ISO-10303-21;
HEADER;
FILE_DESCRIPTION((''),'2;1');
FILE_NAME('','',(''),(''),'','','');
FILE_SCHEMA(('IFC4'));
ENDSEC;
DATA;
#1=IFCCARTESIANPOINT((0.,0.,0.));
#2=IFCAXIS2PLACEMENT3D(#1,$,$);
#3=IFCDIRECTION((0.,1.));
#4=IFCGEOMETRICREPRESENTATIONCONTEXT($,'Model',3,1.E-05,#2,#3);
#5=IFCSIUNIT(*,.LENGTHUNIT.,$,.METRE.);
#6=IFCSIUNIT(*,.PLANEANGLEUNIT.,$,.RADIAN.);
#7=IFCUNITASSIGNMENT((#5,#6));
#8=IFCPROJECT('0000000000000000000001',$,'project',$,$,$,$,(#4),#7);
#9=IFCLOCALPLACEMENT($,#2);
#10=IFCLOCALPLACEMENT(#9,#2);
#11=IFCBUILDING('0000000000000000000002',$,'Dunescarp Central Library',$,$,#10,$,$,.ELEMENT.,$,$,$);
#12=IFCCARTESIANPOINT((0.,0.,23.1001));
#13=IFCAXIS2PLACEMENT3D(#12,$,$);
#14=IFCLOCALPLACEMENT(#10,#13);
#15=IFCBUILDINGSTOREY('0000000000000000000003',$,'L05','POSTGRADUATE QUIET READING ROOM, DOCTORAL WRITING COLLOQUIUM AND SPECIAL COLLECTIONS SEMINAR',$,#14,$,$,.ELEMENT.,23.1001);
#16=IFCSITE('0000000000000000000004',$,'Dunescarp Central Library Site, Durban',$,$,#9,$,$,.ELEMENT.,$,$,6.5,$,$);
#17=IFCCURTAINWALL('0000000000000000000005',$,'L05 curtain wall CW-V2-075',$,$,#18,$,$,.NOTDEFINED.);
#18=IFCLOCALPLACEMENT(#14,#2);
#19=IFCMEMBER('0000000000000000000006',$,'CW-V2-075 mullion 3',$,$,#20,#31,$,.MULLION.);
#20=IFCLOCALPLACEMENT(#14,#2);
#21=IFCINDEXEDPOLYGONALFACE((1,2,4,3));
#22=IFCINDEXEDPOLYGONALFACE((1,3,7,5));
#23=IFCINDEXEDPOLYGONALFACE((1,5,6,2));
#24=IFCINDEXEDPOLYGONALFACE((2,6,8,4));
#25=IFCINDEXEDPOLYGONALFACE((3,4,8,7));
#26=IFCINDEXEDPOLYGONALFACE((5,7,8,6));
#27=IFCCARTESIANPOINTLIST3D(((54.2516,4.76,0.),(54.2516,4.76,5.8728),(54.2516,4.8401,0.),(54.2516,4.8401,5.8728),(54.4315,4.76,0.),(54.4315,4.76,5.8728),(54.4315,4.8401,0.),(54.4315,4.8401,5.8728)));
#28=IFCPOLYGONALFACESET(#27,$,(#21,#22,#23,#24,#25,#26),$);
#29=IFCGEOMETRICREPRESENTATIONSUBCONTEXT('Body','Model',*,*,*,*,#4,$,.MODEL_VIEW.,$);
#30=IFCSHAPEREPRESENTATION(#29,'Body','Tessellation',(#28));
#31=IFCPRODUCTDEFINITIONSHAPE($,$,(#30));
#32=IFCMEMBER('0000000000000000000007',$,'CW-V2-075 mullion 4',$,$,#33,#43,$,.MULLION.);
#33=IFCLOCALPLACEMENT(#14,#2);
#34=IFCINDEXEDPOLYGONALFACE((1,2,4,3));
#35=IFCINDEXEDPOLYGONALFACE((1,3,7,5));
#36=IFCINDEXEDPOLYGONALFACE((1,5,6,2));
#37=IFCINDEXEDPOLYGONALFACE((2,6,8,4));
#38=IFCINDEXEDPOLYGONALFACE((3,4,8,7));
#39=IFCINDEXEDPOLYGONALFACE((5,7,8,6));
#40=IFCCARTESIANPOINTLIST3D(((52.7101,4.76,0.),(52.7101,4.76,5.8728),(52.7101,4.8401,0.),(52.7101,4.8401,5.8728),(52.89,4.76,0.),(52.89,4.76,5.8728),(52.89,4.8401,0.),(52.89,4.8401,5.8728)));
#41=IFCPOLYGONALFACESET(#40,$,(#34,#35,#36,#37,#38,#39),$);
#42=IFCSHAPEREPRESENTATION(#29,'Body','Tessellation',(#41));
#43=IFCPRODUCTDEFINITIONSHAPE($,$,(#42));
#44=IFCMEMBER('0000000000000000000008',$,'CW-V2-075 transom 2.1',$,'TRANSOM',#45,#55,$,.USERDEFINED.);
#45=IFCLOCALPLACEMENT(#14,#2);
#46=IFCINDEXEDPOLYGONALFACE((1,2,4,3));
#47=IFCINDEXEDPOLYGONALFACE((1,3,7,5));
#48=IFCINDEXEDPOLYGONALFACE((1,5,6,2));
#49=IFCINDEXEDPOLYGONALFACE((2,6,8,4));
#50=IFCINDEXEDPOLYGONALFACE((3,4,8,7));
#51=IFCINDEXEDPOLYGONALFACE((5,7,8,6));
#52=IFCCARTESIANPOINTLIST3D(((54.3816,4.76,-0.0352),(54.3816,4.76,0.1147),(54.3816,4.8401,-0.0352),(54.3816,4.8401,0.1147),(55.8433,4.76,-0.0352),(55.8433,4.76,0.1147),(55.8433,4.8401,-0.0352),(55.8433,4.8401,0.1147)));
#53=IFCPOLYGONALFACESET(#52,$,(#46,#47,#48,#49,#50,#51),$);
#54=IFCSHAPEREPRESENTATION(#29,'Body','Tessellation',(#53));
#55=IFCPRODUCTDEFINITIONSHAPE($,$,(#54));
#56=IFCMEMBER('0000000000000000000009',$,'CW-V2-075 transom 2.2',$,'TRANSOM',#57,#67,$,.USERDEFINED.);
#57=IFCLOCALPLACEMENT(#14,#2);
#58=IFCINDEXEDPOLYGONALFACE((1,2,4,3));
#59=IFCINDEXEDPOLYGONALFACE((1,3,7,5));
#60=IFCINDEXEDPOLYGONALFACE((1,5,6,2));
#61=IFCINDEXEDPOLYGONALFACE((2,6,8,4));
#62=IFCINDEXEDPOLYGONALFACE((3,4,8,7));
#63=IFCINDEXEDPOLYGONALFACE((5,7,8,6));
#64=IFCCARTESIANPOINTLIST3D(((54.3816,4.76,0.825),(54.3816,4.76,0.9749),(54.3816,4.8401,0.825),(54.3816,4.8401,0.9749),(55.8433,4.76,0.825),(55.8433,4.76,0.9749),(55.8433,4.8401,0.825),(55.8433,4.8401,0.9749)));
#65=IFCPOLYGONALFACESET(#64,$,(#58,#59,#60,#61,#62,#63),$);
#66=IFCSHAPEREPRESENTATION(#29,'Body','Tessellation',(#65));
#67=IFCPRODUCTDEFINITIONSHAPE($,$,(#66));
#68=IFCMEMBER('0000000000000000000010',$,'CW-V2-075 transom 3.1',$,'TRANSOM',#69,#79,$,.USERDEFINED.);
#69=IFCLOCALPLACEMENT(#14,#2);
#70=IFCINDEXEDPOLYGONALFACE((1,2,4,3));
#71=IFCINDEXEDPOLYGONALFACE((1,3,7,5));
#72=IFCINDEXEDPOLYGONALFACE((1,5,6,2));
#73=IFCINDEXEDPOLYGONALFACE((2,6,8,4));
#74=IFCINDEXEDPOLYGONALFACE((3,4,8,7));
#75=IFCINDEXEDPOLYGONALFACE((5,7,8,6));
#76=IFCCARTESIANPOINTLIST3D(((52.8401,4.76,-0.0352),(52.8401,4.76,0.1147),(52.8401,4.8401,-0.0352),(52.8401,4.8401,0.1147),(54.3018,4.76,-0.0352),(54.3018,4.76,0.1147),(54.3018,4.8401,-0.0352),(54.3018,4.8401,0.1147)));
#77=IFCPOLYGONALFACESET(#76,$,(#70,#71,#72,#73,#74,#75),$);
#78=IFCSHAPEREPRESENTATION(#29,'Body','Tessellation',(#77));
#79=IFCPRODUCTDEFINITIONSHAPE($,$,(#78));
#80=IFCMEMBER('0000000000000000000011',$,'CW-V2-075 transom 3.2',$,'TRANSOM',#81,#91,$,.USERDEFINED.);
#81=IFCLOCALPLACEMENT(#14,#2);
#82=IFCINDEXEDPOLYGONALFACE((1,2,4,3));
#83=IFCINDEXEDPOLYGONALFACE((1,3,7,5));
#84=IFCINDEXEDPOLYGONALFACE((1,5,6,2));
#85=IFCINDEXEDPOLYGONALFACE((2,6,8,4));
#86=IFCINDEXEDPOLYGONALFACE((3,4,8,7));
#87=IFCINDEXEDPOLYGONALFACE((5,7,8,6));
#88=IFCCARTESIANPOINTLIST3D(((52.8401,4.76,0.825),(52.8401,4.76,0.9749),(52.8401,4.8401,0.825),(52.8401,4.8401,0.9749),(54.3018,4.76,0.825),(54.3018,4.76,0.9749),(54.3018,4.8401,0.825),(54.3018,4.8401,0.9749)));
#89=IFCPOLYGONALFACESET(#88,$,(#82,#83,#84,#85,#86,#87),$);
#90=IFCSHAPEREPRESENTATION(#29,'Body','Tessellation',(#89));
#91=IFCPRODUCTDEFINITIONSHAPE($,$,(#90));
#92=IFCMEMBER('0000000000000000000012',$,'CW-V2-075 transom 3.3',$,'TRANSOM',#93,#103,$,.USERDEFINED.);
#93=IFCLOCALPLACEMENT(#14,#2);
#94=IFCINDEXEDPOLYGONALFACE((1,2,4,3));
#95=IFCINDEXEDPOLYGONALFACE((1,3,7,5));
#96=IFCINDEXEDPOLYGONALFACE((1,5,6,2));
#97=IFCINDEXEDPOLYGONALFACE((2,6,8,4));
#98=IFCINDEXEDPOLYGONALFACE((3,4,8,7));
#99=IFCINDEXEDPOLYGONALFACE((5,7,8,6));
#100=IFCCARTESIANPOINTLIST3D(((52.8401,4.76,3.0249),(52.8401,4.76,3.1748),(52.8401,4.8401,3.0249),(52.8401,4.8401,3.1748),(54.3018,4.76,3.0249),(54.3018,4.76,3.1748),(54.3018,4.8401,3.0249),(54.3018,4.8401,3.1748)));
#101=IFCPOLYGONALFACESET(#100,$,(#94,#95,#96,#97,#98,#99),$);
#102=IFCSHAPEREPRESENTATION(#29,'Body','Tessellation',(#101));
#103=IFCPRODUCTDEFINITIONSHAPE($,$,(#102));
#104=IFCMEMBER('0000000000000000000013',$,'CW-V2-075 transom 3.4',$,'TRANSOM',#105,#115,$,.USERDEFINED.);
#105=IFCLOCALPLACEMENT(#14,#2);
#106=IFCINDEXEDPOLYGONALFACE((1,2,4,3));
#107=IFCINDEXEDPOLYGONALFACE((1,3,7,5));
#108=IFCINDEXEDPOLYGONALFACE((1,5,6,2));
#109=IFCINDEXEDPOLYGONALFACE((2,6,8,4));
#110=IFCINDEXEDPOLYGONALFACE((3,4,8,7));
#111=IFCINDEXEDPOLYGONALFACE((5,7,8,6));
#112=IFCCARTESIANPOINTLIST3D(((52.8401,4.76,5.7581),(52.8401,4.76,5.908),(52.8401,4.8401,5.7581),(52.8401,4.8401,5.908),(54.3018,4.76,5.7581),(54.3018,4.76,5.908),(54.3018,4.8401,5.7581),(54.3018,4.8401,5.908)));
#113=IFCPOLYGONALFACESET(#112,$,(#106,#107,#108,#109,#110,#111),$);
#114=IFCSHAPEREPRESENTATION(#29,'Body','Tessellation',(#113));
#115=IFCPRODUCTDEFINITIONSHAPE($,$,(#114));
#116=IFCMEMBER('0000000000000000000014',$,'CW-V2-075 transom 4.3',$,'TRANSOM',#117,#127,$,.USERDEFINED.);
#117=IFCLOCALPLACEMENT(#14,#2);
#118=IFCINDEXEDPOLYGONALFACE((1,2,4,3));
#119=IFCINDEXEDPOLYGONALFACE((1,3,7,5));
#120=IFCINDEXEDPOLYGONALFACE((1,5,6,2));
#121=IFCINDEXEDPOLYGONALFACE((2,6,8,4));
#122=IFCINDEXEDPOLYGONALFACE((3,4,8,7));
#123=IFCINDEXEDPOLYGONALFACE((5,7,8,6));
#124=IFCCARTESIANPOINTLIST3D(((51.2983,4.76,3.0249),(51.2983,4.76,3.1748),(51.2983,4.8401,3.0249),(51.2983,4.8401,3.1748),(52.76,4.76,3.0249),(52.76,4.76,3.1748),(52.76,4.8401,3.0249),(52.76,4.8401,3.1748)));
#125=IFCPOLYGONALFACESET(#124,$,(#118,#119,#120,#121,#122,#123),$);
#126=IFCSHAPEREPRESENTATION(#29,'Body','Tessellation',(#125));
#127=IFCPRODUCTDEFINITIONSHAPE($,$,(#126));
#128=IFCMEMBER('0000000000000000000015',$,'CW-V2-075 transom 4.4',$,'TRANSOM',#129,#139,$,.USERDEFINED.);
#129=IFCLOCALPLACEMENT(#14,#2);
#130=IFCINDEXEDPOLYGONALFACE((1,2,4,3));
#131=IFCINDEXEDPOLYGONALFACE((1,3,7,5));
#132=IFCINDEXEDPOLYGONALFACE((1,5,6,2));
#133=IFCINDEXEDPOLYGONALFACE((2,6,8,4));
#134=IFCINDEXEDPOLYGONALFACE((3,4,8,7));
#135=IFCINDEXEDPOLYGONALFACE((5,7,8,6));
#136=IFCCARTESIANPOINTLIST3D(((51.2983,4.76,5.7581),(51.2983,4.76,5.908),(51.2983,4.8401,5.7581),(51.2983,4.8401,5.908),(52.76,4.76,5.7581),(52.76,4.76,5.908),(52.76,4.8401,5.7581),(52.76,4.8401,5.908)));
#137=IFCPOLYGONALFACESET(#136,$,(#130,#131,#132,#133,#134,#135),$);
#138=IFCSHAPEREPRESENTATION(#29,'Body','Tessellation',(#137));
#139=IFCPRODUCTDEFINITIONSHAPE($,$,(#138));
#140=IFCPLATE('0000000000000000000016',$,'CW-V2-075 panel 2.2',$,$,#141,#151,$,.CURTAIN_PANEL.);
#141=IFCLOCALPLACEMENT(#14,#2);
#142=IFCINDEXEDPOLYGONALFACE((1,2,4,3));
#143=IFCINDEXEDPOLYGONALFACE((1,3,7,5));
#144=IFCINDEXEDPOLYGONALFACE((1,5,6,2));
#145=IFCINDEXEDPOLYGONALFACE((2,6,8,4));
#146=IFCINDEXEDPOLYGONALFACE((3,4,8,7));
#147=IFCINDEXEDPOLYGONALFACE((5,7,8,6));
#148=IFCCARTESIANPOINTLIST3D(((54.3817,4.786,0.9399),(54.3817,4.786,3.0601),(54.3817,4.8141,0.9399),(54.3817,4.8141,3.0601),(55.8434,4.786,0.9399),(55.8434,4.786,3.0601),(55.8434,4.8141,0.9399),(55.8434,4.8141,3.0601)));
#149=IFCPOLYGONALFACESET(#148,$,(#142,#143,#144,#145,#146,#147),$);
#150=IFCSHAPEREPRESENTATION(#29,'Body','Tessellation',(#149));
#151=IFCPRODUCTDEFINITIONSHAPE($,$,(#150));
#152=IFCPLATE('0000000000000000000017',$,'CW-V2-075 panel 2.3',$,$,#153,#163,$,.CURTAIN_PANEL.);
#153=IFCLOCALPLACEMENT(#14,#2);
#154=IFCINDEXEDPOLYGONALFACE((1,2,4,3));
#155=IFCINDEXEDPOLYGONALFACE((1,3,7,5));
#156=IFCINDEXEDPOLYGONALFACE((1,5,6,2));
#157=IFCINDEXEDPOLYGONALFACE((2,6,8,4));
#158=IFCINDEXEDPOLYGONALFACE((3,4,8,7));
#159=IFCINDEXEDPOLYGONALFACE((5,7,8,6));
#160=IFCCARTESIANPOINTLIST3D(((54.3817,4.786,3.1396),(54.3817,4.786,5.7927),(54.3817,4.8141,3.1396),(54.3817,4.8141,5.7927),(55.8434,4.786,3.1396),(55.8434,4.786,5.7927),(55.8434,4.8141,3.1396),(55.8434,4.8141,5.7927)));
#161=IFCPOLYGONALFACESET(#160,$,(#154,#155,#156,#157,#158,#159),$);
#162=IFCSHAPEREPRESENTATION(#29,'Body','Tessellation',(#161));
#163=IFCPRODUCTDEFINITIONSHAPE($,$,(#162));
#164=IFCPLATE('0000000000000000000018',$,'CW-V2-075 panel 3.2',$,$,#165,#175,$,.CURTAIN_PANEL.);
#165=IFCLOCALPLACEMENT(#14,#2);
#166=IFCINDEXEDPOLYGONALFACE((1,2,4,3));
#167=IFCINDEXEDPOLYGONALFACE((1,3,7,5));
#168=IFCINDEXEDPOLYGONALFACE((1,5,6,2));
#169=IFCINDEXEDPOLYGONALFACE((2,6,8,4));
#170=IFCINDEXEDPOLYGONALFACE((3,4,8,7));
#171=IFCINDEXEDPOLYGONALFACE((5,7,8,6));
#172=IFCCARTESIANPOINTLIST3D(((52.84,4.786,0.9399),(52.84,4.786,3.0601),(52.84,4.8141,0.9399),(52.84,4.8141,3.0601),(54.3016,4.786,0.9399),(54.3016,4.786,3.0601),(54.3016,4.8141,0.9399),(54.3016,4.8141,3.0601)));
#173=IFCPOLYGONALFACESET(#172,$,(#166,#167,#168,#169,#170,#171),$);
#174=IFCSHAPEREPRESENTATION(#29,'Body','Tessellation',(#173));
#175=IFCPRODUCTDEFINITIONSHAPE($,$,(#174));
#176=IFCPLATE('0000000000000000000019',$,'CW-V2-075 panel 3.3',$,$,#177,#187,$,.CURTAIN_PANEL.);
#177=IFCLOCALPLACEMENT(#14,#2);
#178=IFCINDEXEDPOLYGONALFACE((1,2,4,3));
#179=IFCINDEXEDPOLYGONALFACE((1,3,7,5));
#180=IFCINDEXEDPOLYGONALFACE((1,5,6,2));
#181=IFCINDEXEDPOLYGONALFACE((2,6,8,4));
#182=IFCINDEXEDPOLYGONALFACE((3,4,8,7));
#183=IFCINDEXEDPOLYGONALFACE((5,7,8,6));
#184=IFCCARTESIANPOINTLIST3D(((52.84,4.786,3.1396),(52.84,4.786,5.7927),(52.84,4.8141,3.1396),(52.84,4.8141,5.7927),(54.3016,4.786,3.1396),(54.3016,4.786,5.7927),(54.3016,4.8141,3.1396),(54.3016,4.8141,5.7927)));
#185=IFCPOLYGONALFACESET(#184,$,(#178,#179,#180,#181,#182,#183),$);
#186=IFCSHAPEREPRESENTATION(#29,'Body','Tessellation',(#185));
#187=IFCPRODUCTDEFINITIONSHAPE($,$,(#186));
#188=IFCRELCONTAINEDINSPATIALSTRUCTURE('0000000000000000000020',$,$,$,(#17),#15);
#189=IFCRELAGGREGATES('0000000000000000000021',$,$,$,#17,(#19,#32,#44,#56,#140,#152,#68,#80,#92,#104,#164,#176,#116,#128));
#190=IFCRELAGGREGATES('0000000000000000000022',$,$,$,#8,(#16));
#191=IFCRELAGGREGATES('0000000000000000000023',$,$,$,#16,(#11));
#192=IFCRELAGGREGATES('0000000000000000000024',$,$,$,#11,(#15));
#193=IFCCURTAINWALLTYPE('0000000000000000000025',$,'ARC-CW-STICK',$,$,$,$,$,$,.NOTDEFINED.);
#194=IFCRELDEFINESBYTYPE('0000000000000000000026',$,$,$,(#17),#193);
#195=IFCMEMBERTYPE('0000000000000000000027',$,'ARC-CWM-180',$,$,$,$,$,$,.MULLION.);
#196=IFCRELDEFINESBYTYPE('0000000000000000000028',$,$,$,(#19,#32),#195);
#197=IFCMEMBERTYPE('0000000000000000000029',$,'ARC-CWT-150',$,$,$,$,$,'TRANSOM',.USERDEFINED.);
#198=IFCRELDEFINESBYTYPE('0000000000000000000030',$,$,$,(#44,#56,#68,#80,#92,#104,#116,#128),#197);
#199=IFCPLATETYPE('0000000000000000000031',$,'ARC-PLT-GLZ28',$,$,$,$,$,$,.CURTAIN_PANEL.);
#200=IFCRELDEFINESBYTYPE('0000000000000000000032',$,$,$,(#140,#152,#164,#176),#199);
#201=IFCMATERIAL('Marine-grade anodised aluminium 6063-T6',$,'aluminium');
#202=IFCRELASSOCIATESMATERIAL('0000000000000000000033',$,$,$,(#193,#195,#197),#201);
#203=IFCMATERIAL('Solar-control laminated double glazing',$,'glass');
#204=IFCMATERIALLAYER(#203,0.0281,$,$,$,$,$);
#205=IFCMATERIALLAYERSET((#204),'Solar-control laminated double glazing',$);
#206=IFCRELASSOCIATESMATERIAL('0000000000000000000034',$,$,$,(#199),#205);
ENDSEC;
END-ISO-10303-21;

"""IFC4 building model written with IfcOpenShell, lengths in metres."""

from ifc_helpers import new_model, si_unit, direction, frame, origin, origin_2d, place, context, subcontext, project, spatial, rectangle, extrude, material, layer, layer_set, material_profile, profile_set, type_object, element, aggregate, save


model = new_model("IFC4")

# Units and contexts
model_context = context("Model", 3, precision=1e-05, world=origin(), true_north=direction((0.0, 1.0)))
body_context = subcontext(model_context, "Body", "Model", "MODEL_VIEW")
ifc_project = project(units=[si_unit("LENGTHUNIT", "METRE"), si_unit("PLANEANGLEUNIT", "RADIAN")], contexts=[model_context])

# Site, building, storey
site_placement = place(None, origin())
site = spatial("IfcSite", under=ifc_project, at=site_placement, Name="Dunescarp Central Library Site, Durban", CompositionType="ELEMENT", RefElevation=6.5)
building_placement = place(site_placement, origin())
building = spatial("IfcBuilding", under=site, at=building_placement, Name="Dunescarp Central Library", CompositionType="ELEMENT")
storey_placement = place(building_placement, frame((0.0, 0.0, 23.1001)))
storey = spatial("IfcBuildingStorey", under=building, at=storey_placement, Name="L05", Description="POSTGRADUATE QUIET READING ROOM, DOCTORAL WRITING COLLOQUIUM AND SPECIAL COLLECTIONS SEMINAR", CompositionType="ELEMENT", Elevation=23.1001)

# Curtain wall, members, plates
ifc_material_1 = material(Name="Marine-grade anodised aluminium 6063-T6", Category="aluminium")
curtain_wall_type = type_object("IfcCurtainWallType", Name="ARC-CW-STICK", PredefinedType="NOTDEFINED", material=ifc_material_1)
curtain_wall_placement = place(storey_placement, origin())
curtain_wall = element("IfcCurtainWall", 1, at=curtain_wall_placement, inside=storey, type_object=curtain_wall_type, Name="L05 curtain wall CW-V2-075", PredefinedType="NOTDEFINED")
ifc_material_profile_1 = material_profile(ifc_material_1, rectangle(XDim=0.0801, YDim=0.1799, at=origin_2d()), Name="AL 80x180")
ifc_profile_set_1 = profile_set([ifc_material_profile_1], Name="Marine-grade anodised aluminium 6063-T6")
member_type_1 = type_object("IfcMemberType", Name="ARC-CWM-180", PredefinedType="MULLION", material=ifc_profile_set_1)
member_1_placement = place(storey_placement, frame((54.3416, 4.8, 0.0), z_axis=(0.0, 0.0, 1.0), x_axis=(0.0, -1.0, 0.0)))
member_1 = element("IfcMember", 2, at=member_1_placement, type_object=member_type_1, Name="CW-V2-075 mullion 3", PredefinedType="MULLION", context=body_context, shape_type="SweptSolid", body=[
    extrude(rectangle(XDim=0.0801, YDim=0.1799, at=origin_2d()), origin(), (0.0, 0.0, 1.0), 5.8728),
])
member_2_placement = place(storey_placement, frame((52.8, 4.8, 0.0), z_axis=(0.0, 0.0, 1.0), x_axis=(0.0, -1.0, 0.0)))
member_2 = element("IfcMember", 3, at=member_2_placement, type_object=member_type_1, Name="CW-V2-075 mullion 4", PredefinedType="MULLION", context=body_context, shape_type="SweptSolid", body=[
    extrude(rectangle(XDim=0.0801, YDim=0.1799, at=origin_2d()), origin(), (0.0, 0.0, 1.0), 5.8728),
])
ifc_material_profile_2 = material_profile(ifc_material_1, rectangle(XDim=0.0801, YDim=0.1499, at=origin_2d()), Name="AL 80x150")
ifc_profile_set_2 = profile_set([ifc_material_profile_2], Name="Marine-grade anodised aluminium 6063-T6")
member_type_2 = type_object("IfcMemberType", Name="ARC-CWT-150", ElementType="TRANSOM", PredefinedType="USERDEFINED", material=ifc_profile_set_2)
member_3_placement = place(storey_placement, frame((55.8433, 4.8, 0.0398), z_axis=(-1.0, 0.0, 0.0), x_axis=(0.0, -1.0, 0.0)))
member_3 = element("IfcMember", 4, at=member_3_placement, type_object=member_type_2, Name="CW-V2-075 transom 2.1", ObjectType="TRANSOM", PredefinedType="USERDEFINED", context=body_context, shape_type="SweptSolid", body=[
    extrude(rectangle(XDim=0.0801, YDim=0.1499, at=origin_2d()), origin(), (0.0, 0.0, 1.0), 1.4617),
])
member_4_placement = place(storey_placement, frame((55.8433, 4.8, 0.8999), z_axis=(-1.0, 0.0, 0.0), x_axis=(0.0, -1.0, 0.0)))
member_4 = element("IfcMember", 5, at=member_4_placement, type_object=member_type_2, Name="CW-V2-075 transom 2.2", ObjectType="TRANSOM", PredefinedType="USERDEFINED", context=body_context, shape_type="SweptSolid", body=[
    extrude(rectangle(XDim=0.0801, YDim=0.1499, at=origin_2d()), origin(), (0.0, 0.0, 1.0), 1.4617),
])
member_5_placement = place(storey_placement, frame((54.3018, 4.8, 0.0398), z_axis=(-1.0, 0.0, 0.0), x_axis=(0.0, -1.0, 0.0)))
member_5 = element("IfcMember", 6, at=member_5_placement, type_object=member_type_2, Name="CW-V2-075 transom 3.1", ObjectType="TRANSOM", PredefinedType="USERDEFINED", context=body_context, shape_type="SweptSolid", body=[
    extrude(rectangle(XDim=0.0801, YDim=0.1499, at=origin_2d()), origin(), (0.0, 0.0, 1.0), 1.4617),
])
member_6_placement = place(storey_placement, frame((54.3018, 4.8, 0.8999), z_axis=(-1.0, 0.0, 0.0), x_axis=(0.0, -1.0, 0.0)))
member_6 = element("IfcMember", 7, at=member_6_placement, type_object=member_type_2, Name="CW-V2-075 transom 3.2", ObjectType="TRANSOM", PredefinedType="USERDEFINED", context=body_context, shape_type="SweptSolid", body=[
    extrude(rectangle(XDim=0.0801, YDim=0.1499, at=origin_2d()), origin(), (0.0, 0.0, 1.0), 1.4617),
])
member_7_placement = place(storey_placement, frame((54.3018, 4.8, 3.0999), z_axis=(-1.0, 0.0, 0.0), x_axis=(0.0, -1.0, 0.0)))
member_7 = element("IfcMember", 8, at=member_7_placement, type_object=member_type_2, Name="CW-V2-075 transom 3.3", ObjectType="TRANSOM", PredefinedType="USERDEFINED", context=body_context, shape_type="SweptSolid", body=[
    extrude(rectangle(XDim=0.0801, YDim=0.1499, at=origin_2d()), origin(), (0.0, 0.0, 1.0), 1.4617),
])
member_8_placement = place(storey_placement, frame((54.3018, 4.8, 5.833), z_axis=(-1.0, 0.0, 0.0), x_axis=(0.0, -1.0, 0.0)))
member_8 = element("IfcMember", 9, at=member_8_placement, type_object=member_type_2, Name="CW-V2-075 transom 3.4", ObjectType="TRANSOM", PredefinedType="USERDEFINED", context=body_context, shape_type="SweptSolid", body=[
    extrude(rectangle(XDim=0.0801, YDim=0.1499, at=origin_2d()), origin(), (0.0, 0.0, 1.0), 1.4617),
])
member_9_placement = place(storey_placement, frame((52.76, 4.8, 3.0999), z_axis=(-1.0, 0.0, 0.0), x_axis=(0.0, -1.0, 0.0)))
member_9 = element("IfcMember", 10, at=member_9_placement, type_object=member_type_2, Name="CW-V2-075 transom 4.3", ObjectType="TRANSOM", PredefinedType="USERDEFINED", context=body_context, shape_type="SweptSolid", body=[
    extrude(rectangle(XDim=0.0801, YDim=0.1499, at=origin_2d()), origin(), (0.0, 0.0, 1.0), 1.4617),
])
member_10_placement = place(storey_placement, frame((52.76, 4.8, 5.833), z_axis=(-1.0, 0.0, 0.0), x_axis=(0.0, -1.0, 0.0)))
member_10 = element("IfcMember", 11, at=member_10_placement, type_object=member_type_2, Name="CW-V2-075 transom 4.4", ObjectType="TRANSOM", PredefinedType="USERDEFINED", context=body_context, shape_type="SweptSolid", body=[
    extrude(rectangle(XDim=0.0801, YDim=0.1499, at=origin_2d()), origin(), (0.0, 0.0, 1.0), 1.4617),
])
ifc_material_2 = material(Name="Solar-control laminated double glazing", Category="glass")
ifc_layer_1 = layer(ifc_material_2, 0.0281)
ifc_layer_set_1 = layer_set([ifc_layer_1], Name="Solar-control laminated double glazing")
plate_type_1 = type_object("IfcPlateType", Name="ARC-PLT-GLZ28", PredefinedType="CURTAIN_PANEL", material=ifc_layer_set_1)
plate_1_placement = place(storey_placement, frame((55.1125, 4.8, 0.9399), z_axis=(0.0, 0.0, 1.0), x_axis=(-1.0, 0.0, 0.0)))
plate_1 = element("IfcPlate", 12, at=plate_1_placement, type_object=plate_type_1, Name="CW-V2-075 panel 2.2", PredefinedType="CURTAIN_PANEL", context=body_context, shape_type="SweptSolid", body=[
    extrude(rectangle(XDim=1.4617, YDim=0.0281, at=origin_2d()), origin(), (0.0, 0.0, 1.0), 2.1201),
])
plate_2_placement = place(storey_placement, frame((55.1125, 4.8, 3.1396), z_axis=(0.0, 0.0, 1.0), x_axis=(-1.0, 0.0, 0.0)))
plate_2 = element("IfcPlate", 13, at=plate_2_placement, type_object=plate_type_1, Name="CW-V2-075 panel 2.3", PredefinedType="CURTAIN_PANEL", context=body_context, shape_type="SweptSolid", body=[
    extrude(rectangle(XDim=1.4617, YDim=0.0281, at=origin_2d()), origin(), (0.0, 0.0, 1.0), 2.6531),
])
plate_3_placement = place(storey_placement, frame((53.5708, 4.8, 0.9399), z_axis=(0.0, 0.0, 1.0), x_axis=(-1.0, 0.0, 0.0)))
plate_3 = element("IfcPlate", 14, at=plate_3_placement, type_object=plate_type_1, Name="CW-V2-075 panel 3.2", PredefinedType="CURTAIN_PANEL", context=body_context, shape_type="SweptSolid", body=[
    extrude(rectangle(XDim=1.4617, YDim=0.0281, at=origin_2d()), origin(), (0.0, 0.0, 1.0), 2.1201),
])
plate_4_placement = place(storey_placement, frame((53.5708, 4.8, 3.1396), z_axis=(0.0, 0.0, 1.0), x_axis=(-1.0, 0.0, 0.0)))
plate_4 = element("IfcPlate", 15, at=plate_4_placement, type_object=plate_type_1, Name="CW-V2-075 panel 3.3", PredefinedType="CURTAIN_PANEL", context=body_context, shape_type="SweptSolid", body=[
    extrude(rectangle(XDim=1.4617, YDim=0.0281, at=origin_2d()), origin(), (0.0, 0.0, 1.0), 2.6531),
])
aggregate(curtain_wall, [member_1, member_2, member_3, member_4, plate_1, plate_2, member_5, member_6, member_7, member_8, plate_3, plate_4, member_9, member_10])

save(model, "model.ifc")
